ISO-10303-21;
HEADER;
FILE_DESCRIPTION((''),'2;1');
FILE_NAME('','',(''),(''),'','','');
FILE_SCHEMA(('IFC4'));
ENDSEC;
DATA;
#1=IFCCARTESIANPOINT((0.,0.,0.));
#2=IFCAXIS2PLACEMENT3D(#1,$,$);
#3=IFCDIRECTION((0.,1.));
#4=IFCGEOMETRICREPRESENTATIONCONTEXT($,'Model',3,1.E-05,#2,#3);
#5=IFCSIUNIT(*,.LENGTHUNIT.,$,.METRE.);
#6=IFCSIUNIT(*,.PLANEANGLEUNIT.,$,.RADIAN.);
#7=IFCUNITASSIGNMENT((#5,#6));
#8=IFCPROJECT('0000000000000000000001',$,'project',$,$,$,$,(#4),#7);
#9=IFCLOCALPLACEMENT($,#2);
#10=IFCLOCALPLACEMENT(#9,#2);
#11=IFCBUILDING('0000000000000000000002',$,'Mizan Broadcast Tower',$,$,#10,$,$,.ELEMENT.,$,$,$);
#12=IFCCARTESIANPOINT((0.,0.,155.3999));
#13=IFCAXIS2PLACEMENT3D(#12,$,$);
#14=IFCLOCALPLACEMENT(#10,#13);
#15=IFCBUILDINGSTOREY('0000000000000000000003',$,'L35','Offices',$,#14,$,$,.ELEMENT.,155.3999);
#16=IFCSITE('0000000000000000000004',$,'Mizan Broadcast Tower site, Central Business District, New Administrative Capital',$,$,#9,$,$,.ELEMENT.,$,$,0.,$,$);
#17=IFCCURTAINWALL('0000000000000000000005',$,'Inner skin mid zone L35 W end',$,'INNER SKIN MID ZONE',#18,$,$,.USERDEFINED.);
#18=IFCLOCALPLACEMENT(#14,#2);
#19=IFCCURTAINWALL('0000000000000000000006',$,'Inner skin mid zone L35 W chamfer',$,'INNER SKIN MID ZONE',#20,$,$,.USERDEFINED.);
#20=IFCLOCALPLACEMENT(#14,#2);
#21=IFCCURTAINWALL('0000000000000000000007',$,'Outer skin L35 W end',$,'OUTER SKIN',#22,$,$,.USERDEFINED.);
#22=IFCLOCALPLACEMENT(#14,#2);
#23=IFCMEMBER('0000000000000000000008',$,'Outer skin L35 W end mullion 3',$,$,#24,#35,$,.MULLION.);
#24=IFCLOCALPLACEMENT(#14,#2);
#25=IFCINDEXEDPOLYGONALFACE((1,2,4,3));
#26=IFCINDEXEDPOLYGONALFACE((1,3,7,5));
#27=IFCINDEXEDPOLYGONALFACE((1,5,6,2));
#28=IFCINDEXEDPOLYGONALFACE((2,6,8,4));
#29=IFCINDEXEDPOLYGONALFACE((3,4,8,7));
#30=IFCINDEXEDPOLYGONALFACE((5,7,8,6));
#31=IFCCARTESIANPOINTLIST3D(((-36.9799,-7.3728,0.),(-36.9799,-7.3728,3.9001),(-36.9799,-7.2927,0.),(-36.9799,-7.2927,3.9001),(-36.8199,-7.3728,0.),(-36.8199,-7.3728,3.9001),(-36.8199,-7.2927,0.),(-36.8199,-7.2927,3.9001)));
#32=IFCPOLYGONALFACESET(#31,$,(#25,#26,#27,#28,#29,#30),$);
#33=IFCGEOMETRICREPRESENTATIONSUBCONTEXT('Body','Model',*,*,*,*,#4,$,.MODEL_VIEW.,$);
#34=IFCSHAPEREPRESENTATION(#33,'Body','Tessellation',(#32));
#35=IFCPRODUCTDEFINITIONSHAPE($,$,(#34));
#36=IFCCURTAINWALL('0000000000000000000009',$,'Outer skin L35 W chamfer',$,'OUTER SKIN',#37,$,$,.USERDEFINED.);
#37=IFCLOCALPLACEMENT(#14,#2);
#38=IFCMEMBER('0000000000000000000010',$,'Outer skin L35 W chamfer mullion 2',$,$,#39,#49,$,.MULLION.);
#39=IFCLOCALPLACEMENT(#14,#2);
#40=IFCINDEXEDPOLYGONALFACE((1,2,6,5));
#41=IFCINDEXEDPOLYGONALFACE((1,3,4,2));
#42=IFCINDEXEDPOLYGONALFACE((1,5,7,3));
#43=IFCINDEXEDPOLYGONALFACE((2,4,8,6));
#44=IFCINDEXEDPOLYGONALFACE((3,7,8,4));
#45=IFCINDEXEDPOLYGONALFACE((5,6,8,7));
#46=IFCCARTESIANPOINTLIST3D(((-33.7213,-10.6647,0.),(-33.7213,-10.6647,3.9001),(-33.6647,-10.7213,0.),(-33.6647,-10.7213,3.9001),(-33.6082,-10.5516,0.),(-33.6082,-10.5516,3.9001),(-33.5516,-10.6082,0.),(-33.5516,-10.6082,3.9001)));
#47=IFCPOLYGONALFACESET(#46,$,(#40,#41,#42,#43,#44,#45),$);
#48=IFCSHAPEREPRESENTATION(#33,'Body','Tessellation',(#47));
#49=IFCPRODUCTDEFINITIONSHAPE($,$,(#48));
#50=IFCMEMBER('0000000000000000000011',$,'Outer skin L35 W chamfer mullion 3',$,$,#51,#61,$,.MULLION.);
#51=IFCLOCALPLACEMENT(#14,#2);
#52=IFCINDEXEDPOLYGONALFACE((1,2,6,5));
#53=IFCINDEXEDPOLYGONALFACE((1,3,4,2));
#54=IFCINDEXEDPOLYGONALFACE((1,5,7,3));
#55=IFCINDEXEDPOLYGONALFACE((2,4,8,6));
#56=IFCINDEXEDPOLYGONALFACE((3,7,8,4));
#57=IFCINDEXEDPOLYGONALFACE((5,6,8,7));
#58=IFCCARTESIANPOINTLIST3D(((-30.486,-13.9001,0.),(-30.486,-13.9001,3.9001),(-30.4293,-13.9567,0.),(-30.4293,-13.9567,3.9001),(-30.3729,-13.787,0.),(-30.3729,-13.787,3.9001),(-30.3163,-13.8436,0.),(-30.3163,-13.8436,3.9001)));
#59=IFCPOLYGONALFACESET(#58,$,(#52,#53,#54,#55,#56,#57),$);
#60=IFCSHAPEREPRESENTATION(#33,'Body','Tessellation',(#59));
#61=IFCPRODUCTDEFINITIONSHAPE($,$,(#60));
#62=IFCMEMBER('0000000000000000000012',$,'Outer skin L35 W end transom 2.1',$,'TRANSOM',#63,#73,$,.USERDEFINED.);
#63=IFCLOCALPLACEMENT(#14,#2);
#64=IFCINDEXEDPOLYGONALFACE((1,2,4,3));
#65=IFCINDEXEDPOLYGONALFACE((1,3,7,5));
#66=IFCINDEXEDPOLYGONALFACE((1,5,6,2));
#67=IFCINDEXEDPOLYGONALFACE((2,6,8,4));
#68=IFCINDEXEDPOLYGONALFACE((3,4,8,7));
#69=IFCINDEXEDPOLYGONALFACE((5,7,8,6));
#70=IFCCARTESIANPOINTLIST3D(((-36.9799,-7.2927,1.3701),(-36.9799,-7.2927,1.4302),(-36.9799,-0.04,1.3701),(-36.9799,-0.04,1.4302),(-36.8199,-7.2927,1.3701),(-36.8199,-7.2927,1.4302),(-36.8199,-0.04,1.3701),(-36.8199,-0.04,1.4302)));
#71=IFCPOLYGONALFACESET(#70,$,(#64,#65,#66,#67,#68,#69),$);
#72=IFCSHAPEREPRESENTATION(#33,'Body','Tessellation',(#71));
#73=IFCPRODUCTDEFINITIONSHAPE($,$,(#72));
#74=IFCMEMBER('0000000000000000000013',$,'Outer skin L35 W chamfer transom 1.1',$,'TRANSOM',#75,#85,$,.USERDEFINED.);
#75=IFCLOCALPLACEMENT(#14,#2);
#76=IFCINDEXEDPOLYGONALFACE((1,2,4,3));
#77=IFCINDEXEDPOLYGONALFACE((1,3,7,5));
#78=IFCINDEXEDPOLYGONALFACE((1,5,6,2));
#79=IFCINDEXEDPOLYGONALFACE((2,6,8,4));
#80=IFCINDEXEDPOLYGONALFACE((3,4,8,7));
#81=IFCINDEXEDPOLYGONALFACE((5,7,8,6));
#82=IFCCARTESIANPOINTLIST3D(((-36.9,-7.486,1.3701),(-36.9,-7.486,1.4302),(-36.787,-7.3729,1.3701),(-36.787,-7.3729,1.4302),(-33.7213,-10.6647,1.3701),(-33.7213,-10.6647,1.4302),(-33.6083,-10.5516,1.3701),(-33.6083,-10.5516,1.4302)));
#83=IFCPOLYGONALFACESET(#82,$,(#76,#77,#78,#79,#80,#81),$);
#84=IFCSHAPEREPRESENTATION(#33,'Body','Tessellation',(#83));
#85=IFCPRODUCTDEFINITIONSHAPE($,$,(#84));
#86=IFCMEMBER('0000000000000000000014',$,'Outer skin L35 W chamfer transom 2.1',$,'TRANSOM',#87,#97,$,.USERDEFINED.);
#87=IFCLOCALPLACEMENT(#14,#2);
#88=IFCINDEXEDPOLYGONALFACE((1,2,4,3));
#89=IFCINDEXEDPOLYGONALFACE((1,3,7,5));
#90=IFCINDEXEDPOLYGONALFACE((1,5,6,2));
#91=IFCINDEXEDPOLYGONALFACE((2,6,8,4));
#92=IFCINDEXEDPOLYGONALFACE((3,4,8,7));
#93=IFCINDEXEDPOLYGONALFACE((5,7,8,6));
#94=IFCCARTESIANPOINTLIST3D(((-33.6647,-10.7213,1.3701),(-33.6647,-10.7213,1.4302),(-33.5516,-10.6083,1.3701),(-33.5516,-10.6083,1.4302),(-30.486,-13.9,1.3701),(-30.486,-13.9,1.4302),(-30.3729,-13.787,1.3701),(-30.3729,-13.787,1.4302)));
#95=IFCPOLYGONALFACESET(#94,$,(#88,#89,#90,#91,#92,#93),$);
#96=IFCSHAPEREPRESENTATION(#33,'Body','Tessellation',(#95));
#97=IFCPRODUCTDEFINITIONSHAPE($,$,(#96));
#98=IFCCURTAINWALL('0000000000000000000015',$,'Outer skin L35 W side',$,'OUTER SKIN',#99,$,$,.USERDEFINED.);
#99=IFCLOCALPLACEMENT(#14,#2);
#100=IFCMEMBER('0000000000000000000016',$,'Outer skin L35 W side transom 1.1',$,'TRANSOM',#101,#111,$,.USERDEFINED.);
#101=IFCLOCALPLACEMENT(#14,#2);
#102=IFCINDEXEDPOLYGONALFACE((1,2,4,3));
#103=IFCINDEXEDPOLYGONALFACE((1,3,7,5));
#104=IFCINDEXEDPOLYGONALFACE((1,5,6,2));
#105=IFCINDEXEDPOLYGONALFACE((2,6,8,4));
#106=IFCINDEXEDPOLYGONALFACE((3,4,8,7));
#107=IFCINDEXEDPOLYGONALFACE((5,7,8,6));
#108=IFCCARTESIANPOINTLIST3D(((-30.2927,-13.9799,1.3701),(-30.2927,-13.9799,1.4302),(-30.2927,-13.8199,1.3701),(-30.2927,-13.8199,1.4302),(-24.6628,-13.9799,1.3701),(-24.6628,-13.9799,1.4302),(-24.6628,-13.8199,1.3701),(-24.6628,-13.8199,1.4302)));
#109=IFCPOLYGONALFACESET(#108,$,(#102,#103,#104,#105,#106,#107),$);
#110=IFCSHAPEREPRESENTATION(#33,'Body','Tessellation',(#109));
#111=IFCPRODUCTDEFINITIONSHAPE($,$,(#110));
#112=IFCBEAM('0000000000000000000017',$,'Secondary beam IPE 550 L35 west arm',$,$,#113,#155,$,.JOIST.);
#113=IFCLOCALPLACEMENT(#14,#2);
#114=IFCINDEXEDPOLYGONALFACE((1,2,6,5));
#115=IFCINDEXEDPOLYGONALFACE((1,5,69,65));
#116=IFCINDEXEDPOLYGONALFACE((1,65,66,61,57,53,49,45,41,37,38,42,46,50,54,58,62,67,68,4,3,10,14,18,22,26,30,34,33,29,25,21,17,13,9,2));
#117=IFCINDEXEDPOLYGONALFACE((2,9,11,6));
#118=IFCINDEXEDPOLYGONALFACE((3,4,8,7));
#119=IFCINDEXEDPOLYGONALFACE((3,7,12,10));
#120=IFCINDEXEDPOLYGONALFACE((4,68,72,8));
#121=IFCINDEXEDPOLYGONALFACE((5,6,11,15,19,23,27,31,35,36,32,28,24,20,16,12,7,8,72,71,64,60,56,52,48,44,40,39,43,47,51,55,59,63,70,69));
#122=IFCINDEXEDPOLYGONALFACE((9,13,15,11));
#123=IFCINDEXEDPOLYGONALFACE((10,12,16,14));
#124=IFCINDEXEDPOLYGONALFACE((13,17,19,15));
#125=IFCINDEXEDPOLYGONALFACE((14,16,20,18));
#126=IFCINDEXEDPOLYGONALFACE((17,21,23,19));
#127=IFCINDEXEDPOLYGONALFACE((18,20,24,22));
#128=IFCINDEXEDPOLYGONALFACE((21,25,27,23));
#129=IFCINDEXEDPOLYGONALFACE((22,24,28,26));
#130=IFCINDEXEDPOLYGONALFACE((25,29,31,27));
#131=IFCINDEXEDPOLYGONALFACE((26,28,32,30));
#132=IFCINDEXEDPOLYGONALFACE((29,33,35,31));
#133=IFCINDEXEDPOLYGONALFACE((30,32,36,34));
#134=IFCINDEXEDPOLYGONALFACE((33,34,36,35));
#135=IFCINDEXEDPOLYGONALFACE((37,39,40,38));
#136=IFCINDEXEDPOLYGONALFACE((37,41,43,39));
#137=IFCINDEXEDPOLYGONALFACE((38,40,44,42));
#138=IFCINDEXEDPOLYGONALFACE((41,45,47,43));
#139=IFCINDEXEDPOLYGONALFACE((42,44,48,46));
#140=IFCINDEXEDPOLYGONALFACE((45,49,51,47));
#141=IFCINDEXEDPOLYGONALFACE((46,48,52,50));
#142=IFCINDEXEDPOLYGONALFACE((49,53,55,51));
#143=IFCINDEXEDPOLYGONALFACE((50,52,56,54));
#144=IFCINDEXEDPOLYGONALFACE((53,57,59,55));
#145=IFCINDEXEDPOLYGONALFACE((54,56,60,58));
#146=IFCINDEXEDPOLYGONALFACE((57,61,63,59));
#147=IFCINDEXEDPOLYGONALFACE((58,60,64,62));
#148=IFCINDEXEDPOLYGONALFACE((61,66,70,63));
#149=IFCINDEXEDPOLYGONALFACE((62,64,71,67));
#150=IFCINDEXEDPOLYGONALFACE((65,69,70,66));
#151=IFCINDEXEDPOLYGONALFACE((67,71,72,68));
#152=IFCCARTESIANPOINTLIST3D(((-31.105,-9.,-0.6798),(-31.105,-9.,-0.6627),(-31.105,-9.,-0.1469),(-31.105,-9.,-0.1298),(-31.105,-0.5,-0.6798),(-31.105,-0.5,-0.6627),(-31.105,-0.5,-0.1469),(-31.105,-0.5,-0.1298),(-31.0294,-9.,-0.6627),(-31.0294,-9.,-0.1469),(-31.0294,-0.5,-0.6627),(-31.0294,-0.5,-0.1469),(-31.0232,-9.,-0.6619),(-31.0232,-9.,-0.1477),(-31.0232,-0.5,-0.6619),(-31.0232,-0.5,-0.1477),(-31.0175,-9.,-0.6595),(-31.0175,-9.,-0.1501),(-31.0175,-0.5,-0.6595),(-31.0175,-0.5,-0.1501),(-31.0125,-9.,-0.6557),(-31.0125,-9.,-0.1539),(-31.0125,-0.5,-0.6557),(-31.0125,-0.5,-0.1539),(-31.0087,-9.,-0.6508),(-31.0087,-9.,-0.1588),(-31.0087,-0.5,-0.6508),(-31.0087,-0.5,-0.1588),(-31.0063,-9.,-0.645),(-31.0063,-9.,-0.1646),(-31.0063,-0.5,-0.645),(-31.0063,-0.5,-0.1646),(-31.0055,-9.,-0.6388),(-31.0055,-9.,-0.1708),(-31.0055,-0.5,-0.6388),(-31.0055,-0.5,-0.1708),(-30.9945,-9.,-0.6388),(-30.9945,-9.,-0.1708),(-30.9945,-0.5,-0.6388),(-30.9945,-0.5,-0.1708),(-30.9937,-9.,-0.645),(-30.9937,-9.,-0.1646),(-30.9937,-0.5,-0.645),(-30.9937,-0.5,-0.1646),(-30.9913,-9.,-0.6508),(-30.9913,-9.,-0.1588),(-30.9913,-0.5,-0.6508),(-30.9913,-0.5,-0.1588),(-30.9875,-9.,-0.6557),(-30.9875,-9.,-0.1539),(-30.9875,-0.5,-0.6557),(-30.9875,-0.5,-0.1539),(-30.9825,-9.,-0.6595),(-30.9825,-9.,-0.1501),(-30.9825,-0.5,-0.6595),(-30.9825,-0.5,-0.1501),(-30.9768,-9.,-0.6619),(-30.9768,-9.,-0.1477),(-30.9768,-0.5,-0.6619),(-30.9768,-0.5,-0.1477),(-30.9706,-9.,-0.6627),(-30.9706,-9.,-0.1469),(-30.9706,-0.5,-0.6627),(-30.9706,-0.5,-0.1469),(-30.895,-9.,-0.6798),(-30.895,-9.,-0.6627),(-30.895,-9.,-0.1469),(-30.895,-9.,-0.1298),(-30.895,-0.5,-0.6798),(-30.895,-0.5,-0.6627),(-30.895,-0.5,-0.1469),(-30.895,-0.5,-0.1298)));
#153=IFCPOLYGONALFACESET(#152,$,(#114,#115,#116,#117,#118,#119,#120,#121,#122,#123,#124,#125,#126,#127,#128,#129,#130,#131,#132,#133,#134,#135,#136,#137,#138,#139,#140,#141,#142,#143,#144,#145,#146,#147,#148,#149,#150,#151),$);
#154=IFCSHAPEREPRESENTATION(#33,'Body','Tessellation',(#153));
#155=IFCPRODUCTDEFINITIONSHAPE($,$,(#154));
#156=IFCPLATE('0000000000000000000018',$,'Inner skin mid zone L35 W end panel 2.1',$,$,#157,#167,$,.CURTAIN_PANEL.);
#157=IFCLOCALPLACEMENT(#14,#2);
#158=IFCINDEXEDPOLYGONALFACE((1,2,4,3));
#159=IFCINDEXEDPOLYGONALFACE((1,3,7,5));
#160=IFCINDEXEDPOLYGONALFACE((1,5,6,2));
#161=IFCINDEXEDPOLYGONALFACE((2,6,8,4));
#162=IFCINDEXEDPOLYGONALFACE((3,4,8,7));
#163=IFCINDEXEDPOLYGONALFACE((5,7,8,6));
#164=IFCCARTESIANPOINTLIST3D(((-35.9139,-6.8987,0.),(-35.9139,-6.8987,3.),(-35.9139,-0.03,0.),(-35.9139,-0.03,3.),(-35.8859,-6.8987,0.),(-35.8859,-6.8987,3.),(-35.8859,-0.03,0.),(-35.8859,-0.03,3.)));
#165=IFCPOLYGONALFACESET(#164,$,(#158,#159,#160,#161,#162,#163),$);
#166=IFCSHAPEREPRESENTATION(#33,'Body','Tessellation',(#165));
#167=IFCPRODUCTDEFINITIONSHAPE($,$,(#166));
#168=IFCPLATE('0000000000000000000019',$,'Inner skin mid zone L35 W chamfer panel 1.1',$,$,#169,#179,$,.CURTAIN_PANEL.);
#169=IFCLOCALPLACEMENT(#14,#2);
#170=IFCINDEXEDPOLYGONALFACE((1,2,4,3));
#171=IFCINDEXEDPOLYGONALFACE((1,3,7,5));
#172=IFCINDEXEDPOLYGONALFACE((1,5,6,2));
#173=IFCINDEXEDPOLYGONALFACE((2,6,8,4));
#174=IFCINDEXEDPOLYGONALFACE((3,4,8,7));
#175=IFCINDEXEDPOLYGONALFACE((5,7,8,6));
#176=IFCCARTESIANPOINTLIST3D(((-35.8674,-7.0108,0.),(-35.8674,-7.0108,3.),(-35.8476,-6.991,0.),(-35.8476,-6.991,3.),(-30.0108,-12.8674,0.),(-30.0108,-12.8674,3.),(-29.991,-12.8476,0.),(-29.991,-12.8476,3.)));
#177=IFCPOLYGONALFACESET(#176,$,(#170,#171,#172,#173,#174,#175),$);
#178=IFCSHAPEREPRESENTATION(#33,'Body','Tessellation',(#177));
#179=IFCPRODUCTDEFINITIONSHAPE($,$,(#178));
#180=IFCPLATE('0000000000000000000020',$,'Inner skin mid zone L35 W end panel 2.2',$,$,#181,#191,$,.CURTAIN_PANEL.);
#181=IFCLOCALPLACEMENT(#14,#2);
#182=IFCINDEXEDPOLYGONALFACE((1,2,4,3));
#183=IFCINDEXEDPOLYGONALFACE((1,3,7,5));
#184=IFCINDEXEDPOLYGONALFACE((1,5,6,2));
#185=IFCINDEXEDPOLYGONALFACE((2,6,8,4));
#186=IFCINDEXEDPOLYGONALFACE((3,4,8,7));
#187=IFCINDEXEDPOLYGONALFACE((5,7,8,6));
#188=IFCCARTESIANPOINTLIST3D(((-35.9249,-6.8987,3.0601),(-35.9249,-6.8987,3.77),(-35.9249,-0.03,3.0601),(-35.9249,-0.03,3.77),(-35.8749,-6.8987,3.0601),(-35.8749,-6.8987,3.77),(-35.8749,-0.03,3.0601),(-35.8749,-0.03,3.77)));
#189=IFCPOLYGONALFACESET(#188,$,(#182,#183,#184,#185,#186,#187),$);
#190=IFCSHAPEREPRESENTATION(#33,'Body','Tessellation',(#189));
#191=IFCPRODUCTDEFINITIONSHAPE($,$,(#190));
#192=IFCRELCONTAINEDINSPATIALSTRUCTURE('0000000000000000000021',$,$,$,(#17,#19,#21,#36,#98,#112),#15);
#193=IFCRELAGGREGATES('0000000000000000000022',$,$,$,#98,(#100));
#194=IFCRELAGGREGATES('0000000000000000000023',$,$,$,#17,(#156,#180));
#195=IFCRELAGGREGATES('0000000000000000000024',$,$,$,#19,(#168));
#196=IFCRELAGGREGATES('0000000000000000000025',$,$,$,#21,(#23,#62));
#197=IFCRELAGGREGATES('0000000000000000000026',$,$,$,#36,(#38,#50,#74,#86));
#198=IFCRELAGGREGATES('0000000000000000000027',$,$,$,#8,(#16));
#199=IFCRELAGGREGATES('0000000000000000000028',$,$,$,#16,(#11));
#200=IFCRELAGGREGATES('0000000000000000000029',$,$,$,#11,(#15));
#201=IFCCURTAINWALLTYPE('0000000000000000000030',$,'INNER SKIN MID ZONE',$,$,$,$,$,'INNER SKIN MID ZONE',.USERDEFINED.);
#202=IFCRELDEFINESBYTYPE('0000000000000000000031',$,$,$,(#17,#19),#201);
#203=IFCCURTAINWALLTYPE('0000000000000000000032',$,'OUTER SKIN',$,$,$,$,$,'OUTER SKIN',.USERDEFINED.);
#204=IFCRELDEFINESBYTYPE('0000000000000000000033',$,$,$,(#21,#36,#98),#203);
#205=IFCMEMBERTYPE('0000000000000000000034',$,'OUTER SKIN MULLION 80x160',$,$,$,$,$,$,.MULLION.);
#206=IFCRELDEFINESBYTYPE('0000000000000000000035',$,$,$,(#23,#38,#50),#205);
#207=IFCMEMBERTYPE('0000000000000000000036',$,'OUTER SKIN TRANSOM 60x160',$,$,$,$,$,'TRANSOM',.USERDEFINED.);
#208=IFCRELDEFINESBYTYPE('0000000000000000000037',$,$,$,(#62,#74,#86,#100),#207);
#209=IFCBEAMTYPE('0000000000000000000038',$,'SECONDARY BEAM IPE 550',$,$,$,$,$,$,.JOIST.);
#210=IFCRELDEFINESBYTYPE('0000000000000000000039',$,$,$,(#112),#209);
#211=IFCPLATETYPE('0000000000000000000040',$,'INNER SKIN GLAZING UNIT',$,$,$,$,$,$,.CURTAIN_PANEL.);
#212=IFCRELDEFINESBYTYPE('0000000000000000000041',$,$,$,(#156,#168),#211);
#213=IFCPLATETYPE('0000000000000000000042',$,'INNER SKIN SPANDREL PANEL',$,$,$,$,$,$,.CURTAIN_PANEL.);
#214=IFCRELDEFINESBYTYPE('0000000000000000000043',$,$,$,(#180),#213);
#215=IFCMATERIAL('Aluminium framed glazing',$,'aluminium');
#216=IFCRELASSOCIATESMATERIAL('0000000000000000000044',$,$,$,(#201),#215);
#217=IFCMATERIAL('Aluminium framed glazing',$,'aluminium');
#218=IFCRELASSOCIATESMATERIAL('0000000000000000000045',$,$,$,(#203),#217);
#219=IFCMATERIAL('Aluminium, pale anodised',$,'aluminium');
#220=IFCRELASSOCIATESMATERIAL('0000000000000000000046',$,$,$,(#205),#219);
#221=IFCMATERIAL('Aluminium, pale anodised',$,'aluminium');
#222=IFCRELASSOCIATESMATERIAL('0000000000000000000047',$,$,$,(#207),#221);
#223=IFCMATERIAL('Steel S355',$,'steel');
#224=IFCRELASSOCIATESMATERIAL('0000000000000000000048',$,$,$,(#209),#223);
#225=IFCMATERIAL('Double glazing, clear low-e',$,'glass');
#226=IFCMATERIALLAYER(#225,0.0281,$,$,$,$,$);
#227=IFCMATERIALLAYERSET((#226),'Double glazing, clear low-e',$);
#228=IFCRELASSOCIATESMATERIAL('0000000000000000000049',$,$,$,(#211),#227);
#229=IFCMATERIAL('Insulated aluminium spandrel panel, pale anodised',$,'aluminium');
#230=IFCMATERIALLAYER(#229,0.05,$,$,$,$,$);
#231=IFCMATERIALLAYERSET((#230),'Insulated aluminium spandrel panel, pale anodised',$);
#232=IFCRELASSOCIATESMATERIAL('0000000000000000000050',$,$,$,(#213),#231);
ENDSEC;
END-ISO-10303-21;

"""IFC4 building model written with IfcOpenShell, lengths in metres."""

from ifc_helpers import new_model, si_unit, direction, frame, origin, origin_2d, place, context, subcontext, project, spatial, rectangle, i_section, extrude, material, layer, layer_set, material_profile, profile_set, type_object, element, aggregate, save


model = new_model("IFC4")

# Units and contexts
model_context = context("Model", 3, precision=1e-05, world=origin(), true_north=direction((0.0, 1.0)))
body_context = subcontext(model_context, "Body", "Model", "MODEL_VIEW")
ifc_project = project(units=[si_unit("LENGTHUNIT", "METRE"), si_unit("PLANEANGLEUNIT", "RADIAN")], contexts=[model_context])

# Site, building, storey
site_placement = place(None, origin())
site = spatial("IfcSite", under=ifc_project, at=site_placement, Name="Mizan Broadcast Tower site, Central Business District, New Administrative Capital", CompositionType="ELEMENT", RefElevation=0.0)
building_placement = place(site_placement, origin())
building = spatial("IfcBuilding", under=site, at=building_placement, Name="Mizan Broadcast Tower", CompositionType="ELEMENT")
storey_placement = place(building_placement, frame((0.0, 0.0, 155.3999)))
storey = spatial("IfcBuildingStorey", under=building, at=storey_placement, Name="L35", Description="Offices", CompositionType="ELEMENT", Elevation=155.3999)

# Curtain wall
ifc_material_1 = material(Name="Aluminium framed glazing", Category="aluminium")
curtain_wall_type_1 = type_object("IfcCurtainWallType", Name="INNER SKIN MID ZONE", ElementType="INNER SKIN MID ZONE", PredefinedType="USERDEFINED", material=ifc_material_1)
curtain_wall_1_placement = place(storey_placement, origin())
curtain_wall_1 = element("IfcCurtainWall", 1, at=curtain_wall_1_placement, inside=storey, type_object=curtain_wall_type_1, Name="Inner skin mid zone L35 W end", ObjectType="INNER SKIN MID ZONE", PredefinedType="USERDEFINED")

# Curtain wall
curtain_wall_2_placement = place(storey_placement, origin())
curtain_wall_2 = element("IfcCurtainWall", 2, at=curtain_wall_2_placement, inside=storey, type_object=curtain_wall_type_1, Name="Inner skin mid zone L35 W chamfer", ObjectType="INNER SKIN MID ZONE", PredefinedType="USERDEFINED")

# Curtain walls, members
ifc_material_2 = material(Name="Aluminium framed glazing", Category="aluminium")
curtain_wall_type_2 = type_object("IfcCurtainWallType", Name="OUTER SKIN", ElementType="OUTER SKIN", PredefinedType="USERDEFINED", material=ifc_material_2)
curtain_wall_3_placement = place(storey_placement, origin())
curtain_wall_3 = element("IfcCurtainWall", 3, at=curtain_wall_3_placement, inside=storey, type_object=curtain_wall_type_2, Name="Outer skin L35 W end", ObjectType="OUTER SKIN", PredefinedType="USERDEFINED")
ifc_material_3 = material(Name="Aluminium, pale anodised", Category="aluminium")
ifc_material_profile_1 = material_profile(ifc_material_3, rectangle(XDim=0.1599, YDim=0.0801, at=origin_2d()), Name="MULLION 160x80")
ifc_profile_set_1 = profile_set([ifc_material_profile_1], Name="Aluminium, pale anodised")
member_type_1 = type_object("IfcMemberType", Name="OUTER SKIN MULLION 80x160", PredefinedType="MULLION", material=ifc_profile_set_1)
member_1_placement = place(storey_placement, frame((-36.8999, -7.3328, 0.0), z_axis=(0.0, 0.0, 1.0), x_axis=(1.0, 0.0, 0.0)))
member_1 = element("IfcMember", 4, at=member_1_placement, type_object=member_type_1, Name="Outer skin L35 W end mullion 3", PredefinedType="MULLION", context=body_context, shape_type="SweptSolid", body=[
    extrude(rectangle(XDim=0.1599, YDim=0.0801, at=origin_2d()), origin(), (0.0, 0.0, 1.0), 3.9001),
])
curtain_wall_4_placement = place(storey_placement, origin())
curtain_wall_4 = element("IfcCurtainWall", 5, at=curtain_wall_4_placement, inside=storey, type_object=curtain_wall_type_2, Name="Outer skin L35 W chamfer", ObjectType="OUTER SKIN", PredefinedType="USERDEFINED")
member_2_placement = place(storey_placement, frame((-33.6365, -10.6365, 0.0), z_axis=(0.0, 0.0, 1.0), x_axis=(0.707107, 0.707107, 0.0)))
member_2 = element("IfcMember", 6, at=member_2_placement, type_object=member_type_1, Name="Outer skin L35 W chamfer mullion 2", PredefinedType="MULLION", context=body_context, shape_type="SweptSolid", body=[
    extrude(rectangle(XDim=0.1599, YDim=0.0801, at=origin_2d()), origin(), (0.0, 0.0, 1.0), 3.9001),
])
member_3_placement = place(storey_placement, frame((-30.4011, -13.8718, 0.0), z_axis=(0.0, 0.0, 1.0), x_axis=(0.707107, 0.707107, 0.0)))
member_3 = element("IfcMember", 7, at=member_3_placement, type_object=member_type_1, Name="Outer skin L35 W chamfer mullion 3", PredefinedType="MULLION", context=body_context, shape_type="SweptSolid", body=[
    extrude(rectangle(XDim=0.1599, YDim=0.0801, at=origin_2d()), origin(), (0.0, 0.0, 1.0), 3.9001),
])

# Members
ifc_material_4 = material(Name="Aluminium, pale anodised", Category="aluminium")
ifc_material_profile_2 = material_profile(ifc_material_4, rectangle(XDim=0.1599, YDim=0.0601, at=origin_2d()), Name="TRANSOM 160x60")
ifc_profile_set_2 = profile_set([ifc_material_profile_2], Name="Aluminium, pale anodised")
member_type_2 = type_object("IfcMemberType", Name="OUTER SKIN TRANSOM 60x160", ElementType="TRANSOM", PredefinedType="USERDEFINED", material=ifc_profile_set_2)
member_4_placement = place(storey_placement, frame((-36.8999, -0.04, 1.4001), z_axis=(0.0, -1.0, 0.0), x_axis=(1.0, 0.0, 0.0)))
member_4 = element("IfcMember", 8, at=member_4_placement, type_object=member_type_2, Name="Outer skin L35 W end transom 2.1", ObjectType="TRANSOM", PredefinedType="USERDEFINED", context=body_context, shape_type="SweptSolid", body=[
    extrude(rectangle(XDim=0.1599, YDim=0.0601, at=origin_2d()), origin(), (0.0, 0.0, 1.0), 7.2527),
])
member_5_placement = place(storey_placement, frame((-36.8435, -7.4294, 1.4001), z_axis=(0.707107, -0.707107, 0.0), x_axis=(0.707107, 0.707107, 0.0)))
member_5 = element("IfcMember", 9, at=member_5_placement, type_object=member_type_2, Name="Outer skin L35 W chamfer transom 1.1", ObjectType="TRANSOM", PredefinedType="USERDEFINED", context=body_context, shape_type="SweptSolid", body=[
    extrude(rectangle(XDim=0.1599, YDim=0.0601, at=origin_2d()), origin(), (0.0, 0.0, 1.0), 4.4954),
])
member_6_placement = place(storey_placement, frame((-33.6082, -10.6648, 1.4001), z_axis=(0.707107, -0.707107, 0.0), x_axis=(0.707107, 0.707107, 0.0)))
member_6 = element("IfcMember", 10, at=member_6_placement, type_object=member_type_2, Name="Outer skin L35 W chamfer transom 2.1", ObjectType="TRANSOM", PredefinedType="USERDEFINED", context=body_context, shape_type="SweptSolid", body=[
    extrude(rectangle(XDim=0.1599, YDim=0.0601, at=origin_2d()), origin(), (0.0, 0.0, 1.0), 4.4954),
])

# Curtain wall, member
curtain_wall_5_placement = place(storey_placement, origin())
curtain_wall_5 = element("IfcCurtainWall", 11, at=curtain_wall_5_placement, inside=storey, type_object=curtain_wall_type_2, Name="Outer skin L35 W side", ObjectType="OUTER SKIN", PredefinedType="USERDEFINED")
member_7_placement = place(storey_placement, frame((-30.2927, -13.8999, 1.4001), z_axis=(1.0, 0.0, 0.0), x_axis=(0.0, 1.0, 0.0)))
member_7 = element("IfcMember", 12, at=member_7_placement, type_object=member_type_2, Name="Outer skin L35 W side transom 1.1", ObjectType="TRANSOM", PredefinedType="USERDEFINED", context=body_context, shape_type="SweptSolid", body=[
    extrude(rectangle(XDim=0.1599, YDim=0.0601, at=origin_2d()), origin(), (0.0, 0.0, 1.0), 5.6299),
])
aggregate(curtain_wall_5, [member_7])

# Beam
ifc_material_5 = material(Name="Steel S355", Category="steel")
ifc_material_profile_3 = material_profile(ifc_material_5, i_section(OverallWidth=0.21, OverallDepth=0.55, WebThickness=0.011, FlangeThickness=0.0171, FilletRadius=0.0239, at=origin_2d()), Name="IPE 550")
ifc_profile_set_3 = profile_set([ifc_material_profile_3], Name="Steel S355")
beam_type_1 = type_object("IfcBeamType", Name="SECONDARY BEAM IPE 550", PredefinedType="JOIST", material=ifc_profile_set_3)
beam_1_placement = place(storey_placement, frame((-31.0, -9.0, -0.4048), z_axis=(0.0, 1.0, 0.0), x_axis=(-1.0, 0.0, 0.0)))
element("IfcBeam", 13, at=beam_1_placement, inside=storey, type_object=beam_type_1, Name="Secondary beam IPE 550 L35 west arm", PredefinedType="JOIST", context=body_context, shape_type="SweptSolid", body=[
    extrude(i_section(OverallWidth=0.21, OverallDepth=0.55, WebThickness=0.011, FlangeThickness=0.0171, FilletRadius=0.0239, at=origin_2d()), origin(), (0.0, 0.0, 1.0), 8.5),
])

# Plates
ifc_material_6 = material(Name="Double glazing, clear low-e", Category="glass")
ifc_layer_1 = layer(ifc_material_6, 0.0281)
ifc_layer_set_1 = layer_set([ifc_layer_1], Name="Double glazing, clear low-e")
plate_type_1 = type_object("IfcPlateType", Name="INNER SKIN GLAZING UNIT", PredefinedType="CURTAIN_PANEL", material=ifc_layer_set_1)
plate_1_placement = place(storey_placement, frame((-35.8999, -3.4644, 0.0), z_axis=(0.0, 0.0, 1.0), x_axis=(0.0, -1.0, 0.0)))
plate_1 = element("IfcPlate", 14, at=plate_1_placement, type_object=plate_type_1, Name="Inner skin mid zone L35 W end panel 2.1", PredefinedType="CURTAIN_PANEL", context=body_context, shape_type="SweptSolid", body=[
    extrude(rectangle(XDim=6.8687, YDim=0.0281, at=origin_2d()), origin(), (0.0, 0.0, 1.0), 3.0),
])
plate_2_placement = place(storey_placement, frame((-32.9292, -9.9292, 0.0), z_axis=(0.0, 0.0, 1.0), x_axis=(0.707107, -0.707107, 0.0)))
plate_2 = element("IfcPlate", 15, at=plate_2_placement, type_object=plate_type_1, Name="Inner skin mid zone L35 W chamfer panel 1.1", PredefinedType="CURTAIN_PANEL", context=body_context, shape_type="SweptSolid", body=[
    extrude(rectangle(XDim=8.2825, YDim=0.0281, at=origin_2d()), origin(), (0.0, 0.0, 1.0), 3.0),
])
ifc_material_7 = material(Name="Insulated aluminium spandrel panel, pale anodised", Category="aluminium")
ifc_layer_2 = layer(ifc_material_7, 0.05)
ifc_layer_set_2 = layer_set([ifc_layer_2], Name="Insulated aluminium spandrel panel, pale anodised")
plate_type_2 = type_object("IfcPlateType", Name="INNER SKIN SPANDREL PANEL", PredefinedType="CURTAIN_PANEL", material=ifc_layer_set_2)
plate_3_placement = place(storey_placement, frame((-35.8999, -3.4644, 3.0601), z_axis=(0.0, 0.0, 1.0), x_axis=(0.0, -1.0, 0.0)))
plate_3 = element("IfcPlate", 16, at=plate_3_placement, type_object=plate_type_2, Name="Inner skin mid zone L35 W end panel 2.2", PredefinedType="CURTAIN_PANEL", context=body_context, shape_type="SweptSolid", body=[
    extrude(rectangle(XDim=6.8687, YDim=0.05, at=origin_2d()), origin(), (0.0, 0.0, 1.0), 0.71),
])
aggregate(curtain_wall_1, [plate_1, plate_3])
aggregate(curtain_wall_2, [plate_2])
aggregate(curtain_wall_3, [member_1, member_4])
aggregate(curtain_wall_4, [member_2, member_3, member_5, member_6])

save(model, "model.ifc")
